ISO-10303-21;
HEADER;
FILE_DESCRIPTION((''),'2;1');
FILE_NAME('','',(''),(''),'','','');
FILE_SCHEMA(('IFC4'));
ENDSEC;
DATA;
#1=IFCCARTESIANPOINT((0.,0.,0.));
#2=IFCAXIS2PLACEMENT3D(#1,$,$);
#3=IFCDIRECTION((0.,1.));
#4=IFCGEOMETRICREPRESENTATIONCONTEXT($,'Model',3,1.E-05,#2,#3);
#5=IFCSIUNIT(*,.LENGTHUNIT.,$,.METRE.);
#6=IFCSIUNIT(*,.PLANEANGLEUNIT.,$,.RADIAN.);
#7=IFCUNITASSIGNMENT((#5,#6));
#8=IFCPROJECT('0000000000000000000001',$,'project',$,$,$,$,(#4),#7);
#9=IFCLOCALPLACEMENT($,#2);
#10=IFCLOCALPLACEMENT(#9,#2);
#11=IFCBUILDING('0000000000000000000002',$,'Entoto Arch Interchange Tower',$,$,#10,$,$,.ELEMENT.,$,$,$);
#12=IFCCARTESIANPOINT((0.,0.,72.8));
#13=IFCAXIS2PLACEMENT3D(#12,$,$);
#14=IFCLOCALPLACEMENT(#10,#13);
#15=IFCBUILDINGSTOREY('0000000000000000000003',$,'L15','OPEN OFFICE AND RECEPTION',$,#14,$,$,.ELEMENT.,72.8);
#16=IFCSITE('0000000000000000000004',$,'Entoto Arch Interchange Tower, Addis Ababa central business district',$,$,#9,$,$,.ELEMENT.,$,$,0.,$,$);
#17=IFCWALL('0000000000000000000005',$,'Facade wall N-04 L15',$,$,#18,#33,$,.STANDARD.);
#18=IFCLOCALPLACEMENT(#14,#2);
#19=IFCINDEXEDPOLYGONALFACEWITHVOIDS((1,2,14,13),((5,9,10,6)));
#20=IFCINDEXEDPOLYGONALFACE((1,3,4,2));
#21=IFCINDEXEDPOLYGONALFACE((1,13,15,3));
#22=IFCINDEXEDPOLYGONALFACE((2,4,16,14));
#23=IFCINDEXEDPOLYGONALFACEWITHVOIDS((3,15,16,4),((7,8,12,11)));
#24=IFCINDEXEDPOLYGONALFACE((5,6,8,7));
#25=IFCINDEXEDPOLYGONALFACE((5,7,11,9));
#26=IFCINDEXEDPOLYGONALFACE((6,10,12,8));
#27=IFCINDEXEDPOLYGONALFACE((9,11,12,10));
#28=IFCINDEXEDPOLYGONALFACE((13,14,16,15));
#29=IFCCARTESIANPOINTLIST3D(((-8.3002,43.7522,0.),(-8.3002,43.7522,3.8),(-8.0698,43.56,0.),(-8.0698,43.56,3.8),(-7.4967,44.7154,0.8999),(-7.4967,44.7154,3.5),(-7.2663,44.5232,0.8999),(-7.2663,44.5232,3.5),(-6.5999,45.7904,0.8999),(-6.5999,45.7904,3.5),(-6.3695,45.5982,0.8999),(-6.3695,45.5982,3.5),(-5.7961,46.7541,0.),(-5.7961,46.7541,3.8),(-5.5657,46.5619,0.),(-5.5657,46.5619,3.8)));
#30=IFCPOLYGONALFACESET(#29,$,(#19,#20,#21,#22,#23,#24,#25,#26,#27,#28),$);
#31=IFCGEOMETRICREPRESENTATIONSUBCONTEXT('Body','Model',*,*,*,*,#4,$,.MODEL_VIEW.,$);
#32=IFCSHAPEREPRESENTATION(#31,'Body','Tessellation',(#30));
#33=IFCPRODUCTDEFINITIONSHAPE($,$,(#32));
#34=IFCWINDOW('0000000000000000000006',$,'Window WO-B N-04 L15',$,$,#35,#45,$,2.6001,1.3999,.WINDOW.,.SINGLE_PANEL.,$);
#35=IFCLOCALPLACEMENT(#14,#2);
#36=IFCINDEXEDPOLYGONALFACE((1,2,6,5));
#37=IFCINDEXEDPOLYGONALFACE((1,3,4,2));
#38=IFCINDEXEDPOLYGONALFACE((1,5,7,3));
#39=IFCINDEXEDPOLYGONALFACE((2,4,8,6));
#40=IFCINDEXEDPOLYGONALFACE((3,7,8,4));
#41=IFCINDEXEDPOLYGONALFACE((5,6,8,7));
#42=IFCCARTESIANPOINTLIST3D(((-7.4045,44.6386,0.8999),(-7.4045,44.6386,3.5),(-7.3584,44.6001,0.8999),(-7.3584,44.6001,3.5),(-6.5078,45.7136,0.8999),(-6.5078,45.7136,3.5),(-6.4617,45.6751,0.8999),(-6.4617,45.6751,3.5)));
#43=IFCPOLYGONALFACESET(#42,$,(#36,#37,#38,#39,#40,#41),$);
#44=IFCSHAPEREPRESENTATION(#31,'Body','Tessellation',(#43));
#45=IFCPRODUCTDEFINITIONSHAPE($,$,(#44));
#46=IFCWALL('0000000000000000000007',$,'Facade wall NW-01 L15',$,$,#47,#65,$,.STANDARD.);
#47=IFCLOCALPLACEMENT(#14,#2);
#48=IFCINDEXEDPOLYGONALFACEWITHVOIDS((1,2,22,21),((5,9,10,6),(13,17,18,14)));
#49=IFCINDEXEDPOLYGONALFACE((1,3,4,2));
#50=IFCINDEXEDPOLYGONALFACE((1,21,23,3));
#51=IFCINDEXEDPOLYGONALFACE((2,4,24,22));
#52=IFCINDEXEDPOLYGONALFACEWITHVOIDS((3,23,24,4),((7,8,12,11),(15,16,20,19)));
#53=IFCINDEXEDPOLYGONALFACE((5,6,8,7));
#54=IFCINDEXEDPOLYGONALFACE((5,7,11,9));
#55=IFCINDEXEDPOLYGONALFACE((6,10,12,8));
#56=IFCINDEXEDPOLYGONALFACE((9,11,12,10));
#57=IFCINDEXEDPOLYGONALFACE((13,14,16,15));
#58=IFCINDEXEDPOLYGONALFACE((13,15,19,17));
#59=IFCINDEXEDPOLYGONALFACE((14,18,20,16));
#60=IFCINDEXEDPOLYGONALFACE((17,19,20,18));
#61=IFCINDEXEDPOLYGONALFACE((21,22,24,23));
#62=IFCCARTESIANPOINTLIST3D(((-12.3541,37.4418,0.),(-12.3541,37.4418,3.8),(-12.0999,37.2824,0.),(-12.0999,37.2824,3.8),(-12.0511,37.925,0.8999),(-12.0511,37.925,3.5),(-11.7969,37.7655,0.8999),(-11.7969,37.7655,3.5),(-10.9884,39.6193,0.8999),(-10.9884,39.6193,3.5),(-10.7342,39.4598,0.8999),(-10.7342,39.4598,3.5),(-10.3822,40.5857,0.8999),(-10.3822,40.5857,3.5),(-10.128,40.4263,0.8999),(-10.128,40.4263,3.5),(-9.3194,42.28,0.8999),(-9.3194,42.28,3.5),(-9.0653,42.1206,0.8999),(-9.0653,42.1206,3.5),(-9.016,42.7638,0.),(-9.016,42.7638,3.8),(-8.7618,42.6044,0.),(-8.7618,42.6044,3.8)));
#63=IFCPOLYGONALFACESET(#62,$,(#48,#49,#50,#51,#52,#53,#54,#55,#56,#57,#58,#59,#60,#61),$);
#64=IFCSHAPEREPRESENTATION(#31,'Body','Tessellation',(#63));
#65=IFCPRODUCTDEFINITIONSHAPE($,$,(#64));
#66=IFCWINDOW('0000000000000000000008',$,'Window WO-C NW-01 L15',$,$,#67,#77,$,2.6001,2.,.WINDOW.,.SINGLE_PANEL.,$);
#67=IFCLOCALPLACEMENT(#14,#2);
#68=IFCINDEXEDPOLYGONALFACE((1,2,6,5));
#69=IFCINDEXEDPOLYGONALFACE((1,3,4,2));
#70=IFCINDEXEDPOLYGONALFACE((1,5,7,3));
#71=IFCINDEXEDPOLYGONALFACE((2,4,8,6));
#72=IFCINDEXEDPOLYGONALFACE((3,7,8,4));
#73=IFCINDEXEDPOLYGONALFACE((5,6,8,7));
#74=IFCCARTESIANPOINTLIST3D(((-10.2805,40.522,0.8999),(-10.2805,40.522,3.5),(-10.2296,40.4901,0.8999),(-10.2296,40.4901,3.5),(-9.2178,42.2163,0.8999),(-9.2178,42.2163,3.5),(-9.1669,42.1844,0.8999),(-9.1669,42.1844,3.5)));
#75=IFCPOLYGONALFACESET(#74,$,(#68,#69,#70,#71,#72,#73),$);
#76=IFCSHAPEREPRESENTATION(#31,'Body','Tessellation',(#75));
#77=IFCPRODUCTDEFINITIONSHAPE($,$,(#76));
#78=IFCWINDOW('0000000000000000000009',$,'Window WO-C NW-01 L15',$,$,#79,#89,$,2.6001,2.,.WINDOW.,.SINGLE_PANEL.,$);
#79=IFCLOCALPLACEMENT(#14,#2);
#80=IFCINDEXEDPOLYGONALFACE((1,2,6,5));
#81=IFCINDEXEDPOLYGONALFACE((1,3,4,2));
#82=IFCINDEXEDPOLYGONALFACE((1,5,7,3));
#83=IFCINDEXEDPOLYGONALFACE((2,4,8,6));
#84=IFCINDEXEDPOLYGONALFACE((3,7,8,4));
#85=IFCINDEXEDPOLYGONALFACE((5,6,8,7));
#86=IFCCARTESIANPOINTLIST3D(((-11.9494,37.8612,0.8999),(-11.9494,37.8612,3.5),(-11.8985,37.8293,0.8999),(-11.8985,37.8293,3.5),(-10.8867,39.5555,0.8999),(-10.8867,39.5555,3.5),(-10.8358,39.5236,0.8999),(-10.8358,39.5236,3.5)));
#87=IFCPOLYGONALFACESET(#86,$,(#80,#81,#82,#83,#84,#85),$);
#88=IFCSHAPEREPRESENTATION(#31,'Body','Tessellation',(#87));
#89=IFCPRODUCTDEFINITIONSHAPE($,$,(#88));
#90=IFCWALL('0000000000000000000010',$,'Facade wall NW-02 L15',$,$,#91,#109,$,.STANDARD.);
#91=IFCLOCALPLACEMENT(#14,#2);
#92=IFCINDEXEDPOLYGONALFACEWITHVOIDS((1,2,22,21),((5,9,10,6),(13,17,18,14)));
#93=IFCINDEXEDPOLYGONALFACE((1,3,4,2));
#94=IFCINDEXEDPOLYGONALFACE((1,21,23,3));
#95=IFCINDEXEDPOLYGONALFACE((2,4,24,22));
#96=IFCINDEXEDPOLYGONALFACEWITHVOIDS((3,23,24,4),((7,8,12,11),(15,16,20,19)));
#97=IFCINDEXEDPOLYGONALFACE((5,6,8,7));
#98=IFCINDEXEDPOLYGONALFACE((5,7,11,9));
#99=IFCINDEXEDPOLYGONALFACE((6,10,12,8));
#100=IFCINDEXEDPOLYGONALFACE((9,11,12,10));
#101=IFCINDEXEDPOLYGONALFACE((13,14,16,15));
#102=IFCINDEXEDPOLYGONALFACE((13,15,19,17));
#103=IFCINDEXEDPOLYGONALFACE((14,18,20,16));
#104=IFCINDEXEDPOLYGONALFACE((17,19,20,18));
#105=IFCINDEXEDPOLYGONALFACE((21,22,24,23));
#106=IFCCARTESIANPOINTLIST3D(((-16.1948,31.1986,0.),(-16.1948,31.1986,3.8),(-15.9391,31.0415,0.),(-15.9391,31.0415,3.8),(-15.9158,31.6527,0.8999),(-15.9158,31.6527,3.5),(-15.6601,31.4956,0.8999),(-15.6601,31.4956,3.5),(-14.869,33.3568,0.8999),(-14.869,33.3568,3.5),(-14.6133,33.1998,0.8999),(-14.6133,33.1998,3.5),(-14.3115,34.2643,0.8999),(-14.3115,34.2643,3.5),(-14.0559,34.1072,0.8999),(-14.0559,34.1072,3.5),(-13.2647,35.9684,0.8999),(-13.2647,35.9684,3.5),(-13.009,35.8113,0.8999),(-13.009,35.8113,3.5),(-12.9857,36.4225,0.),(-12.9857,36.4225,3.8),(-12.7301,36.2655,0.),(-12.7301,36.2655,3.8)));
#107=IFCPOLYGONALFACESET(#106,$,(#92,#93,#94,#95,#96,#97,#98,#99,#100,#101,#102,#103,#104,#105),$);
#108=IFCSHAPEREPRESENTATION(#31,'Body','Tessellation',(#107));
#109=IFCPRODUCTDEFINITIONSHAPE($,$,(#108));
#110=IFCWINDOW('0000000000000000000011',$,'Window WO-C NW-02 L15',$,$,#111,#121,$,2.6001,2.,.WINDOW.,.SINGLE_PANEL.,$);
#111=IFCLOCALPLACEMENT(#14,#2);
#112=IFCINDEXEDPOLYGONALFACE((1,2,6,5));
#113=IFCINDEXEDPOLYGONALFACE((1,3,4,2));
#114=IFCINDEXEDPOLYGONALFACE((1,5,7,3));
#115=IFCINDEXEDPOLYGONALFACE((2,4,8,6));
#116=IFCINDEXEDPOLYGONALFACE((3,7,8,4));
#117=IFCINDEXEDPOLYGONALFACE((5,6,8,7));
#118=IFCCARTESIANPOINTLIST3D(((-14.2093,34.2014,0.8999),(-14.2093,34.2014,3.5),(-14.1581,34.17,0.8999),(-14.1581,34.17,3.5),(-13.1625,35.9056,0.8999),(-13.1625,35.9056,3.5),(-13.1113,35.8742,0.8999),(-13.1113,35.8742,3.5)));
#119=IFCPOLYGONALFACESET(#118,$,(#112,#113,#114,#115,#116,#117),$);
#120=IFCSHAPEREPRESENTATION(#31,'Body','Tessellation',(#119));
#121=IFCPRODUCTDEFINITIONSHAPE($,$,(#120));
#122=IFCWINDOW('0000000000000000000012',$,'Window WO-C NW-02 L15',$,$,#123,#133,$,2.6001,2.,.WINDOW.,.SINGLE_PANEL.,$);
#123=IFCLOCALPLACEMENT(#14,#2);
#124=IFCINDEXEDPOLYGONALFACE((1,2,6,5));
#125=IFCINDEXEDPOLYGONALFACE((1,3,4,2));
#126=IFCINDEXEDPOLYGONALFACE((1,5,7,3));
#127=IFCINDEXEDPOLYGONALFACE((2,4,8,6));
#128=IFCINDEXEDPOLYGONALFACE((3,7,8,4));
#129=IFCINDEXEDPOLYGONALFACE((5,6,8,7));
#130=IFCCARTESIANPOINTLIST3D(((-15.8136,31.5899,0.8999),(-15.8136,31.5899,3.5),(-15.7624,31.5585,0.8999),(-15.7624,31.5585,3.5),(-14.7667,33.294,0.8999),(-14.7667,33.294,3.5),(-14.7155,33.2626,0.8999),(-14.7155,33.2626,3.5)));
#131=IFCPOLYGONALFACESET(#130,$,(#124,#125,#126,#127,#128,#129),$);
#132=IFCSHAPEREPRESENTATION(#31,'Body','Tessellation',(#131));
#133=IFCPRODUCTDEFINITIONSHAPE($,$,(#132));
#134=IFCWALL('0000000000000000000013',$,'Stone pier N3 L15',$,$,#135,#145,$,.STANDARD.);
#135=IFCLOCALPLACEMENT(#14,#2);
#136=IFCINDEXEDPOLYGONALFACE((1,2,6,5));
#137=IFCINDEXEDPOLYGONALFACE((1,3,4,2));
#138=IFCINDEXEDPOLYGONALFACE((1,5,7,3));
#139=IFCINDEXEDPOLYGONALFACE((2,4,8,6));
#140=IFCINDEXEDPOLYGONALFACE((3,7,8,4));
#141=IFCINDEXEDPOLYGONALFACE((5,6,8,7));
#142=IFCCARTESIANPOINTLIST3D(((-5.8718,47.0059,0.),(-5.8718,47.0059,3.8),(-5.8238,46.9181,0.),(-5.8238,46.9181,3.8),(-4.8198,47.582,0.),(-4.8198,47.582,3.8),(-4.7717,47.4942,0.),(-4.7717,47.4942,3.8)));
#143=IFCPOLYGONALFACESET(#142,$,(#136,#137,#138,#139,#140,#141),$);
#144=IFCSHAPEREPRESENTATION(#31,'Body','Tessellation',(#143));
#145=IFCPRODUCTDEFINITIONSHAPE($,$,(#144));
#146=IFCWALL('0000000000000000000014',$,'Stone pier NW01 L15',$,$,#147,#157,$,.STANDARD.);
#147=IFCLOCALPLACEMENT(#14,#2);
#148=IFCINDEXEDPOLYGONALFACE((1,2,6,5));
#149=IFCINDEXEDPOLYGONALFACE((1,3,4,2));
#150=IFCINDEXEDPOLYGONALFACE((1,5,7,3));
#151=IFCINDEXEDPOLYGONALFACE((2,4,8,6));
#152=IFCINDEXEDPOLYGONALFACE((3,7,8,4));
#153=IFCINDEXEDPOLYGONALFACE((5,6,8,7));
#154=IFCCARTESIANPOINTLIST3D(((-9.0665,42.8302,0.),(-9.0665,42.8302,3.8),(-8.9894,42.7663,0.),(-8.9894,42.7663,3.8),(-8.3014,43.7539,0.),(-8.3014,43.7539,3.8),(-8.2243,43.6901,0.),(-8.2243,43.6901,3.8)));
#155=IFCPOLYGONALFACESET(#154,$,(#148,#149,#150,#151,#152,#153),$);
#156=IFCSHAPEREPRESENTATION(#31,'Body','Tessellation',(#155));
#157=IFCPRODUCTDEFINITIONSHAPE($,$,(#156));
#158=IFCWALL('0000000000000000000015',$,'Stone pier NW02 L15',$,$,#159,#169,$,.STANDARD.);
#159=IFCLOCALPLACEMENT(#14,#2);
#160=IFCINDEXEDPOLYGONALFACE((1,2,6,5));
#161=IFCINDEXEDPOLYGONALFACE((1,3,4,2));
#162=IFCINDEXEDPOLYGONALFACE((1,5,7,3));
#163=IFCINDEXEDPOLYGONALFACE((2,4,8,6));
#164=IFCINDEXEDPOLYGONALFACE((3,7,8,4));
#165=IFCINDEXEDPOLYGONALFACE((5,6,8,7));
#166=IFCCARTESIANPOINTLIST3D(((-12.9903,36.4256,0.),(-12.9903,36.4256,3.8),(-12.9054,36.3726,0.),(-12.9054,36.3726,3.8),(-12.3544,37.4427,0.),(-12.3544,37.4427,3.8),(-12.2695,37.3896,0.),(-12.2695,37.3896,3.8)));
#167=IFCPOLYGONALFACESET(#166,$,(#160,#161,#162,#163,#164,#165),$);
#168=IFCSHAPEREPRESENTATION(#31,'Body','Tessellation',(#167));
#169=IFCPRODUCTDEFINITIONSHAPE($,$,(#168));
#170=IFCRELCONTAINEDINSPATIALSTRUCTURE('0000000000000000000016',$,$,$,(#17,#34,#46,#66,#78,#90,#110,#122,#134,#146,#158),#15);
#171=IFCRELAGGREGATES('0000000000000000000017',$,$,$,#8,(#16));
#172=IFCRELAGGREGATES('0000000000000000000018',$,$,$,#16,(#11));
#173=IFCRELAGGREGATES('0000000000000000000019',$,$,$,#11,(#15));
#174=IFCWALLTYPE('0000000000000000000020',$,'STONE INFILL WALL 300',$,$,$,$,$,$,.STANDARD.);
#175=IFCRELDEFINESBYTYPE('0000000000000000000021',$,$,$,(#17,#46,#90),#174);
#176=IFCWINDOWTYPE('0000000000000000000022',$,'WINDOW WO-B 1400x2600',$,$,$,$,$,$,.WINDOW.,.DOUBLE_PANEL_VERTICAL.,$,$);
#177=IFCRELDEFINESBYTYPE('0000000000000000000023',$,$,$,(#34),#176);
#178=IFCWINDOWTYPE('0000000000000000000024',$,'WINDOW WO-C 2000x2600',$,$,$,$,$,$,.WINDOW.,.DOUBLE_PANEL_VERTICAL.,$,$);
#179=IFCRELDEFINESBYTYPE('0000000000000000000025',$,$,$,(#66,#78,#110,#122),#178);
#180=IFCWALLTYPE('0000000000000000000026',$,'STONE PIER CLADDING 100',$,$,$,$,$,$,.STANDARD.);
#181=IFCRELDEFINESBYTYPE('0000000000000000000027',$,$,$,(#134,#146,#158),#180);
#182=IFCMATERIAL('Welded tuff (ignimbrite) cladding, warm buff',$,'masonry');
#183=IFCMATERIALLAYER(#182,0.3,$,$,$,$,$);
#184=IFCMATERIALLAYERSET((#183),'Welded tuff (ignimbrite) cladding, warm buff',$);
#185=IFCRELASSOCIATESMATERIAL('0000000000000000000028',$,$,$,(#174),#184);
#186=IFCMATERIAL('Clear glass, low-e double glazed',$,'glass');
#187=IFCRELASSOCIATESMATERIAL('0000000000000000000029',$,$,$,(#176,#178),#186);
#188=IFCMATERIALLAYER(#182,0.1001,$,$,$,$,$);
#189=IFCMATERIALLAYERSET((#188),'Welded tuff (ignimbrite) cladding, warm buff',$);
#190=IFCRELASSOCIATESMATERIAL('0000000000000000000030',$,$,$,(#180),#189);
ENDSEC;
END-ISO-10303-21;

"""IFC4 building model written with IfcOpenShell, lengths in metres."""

from ifc_helpers import new_model, si_unit, direction, frame, frame_2d, origin, place, context, subcontext, project, spatial, rectangle, extrude, material, layer, layer_set, type_object, element, fill, save


model = new_model("IFC4")

# Units and contexts
model_context = context("Model", 3, precision=1e-05, world=origin(), true_north=direction((0.0, 1.0)))
body_context = subcontext(model_context, "Body", "Model", "MODEL_VIEW")
ifc_project = project(units=[si_unit("LENGTHUNIT", "METRE"), si_unit("PLANEANGLEUNIT", "RADIAN")], contexts=[model_context])

# Site, building, storey
site_placement = place(None, origin())
site = spatial("IfcSite", under=ifc_project, at=site_placement, Name="Entoto Arch Interchange Tower, Addis Ababa central business district", CompositionType="ELEMENT", RefElevation=0.0)
building_placement = place(site_placement, origin())
building = spatial("IfcBuilding", under=site, at=building_placement, Name="Entoto Arch Interchange Tower", CompositionType="ELEMENT")
storey_placement = place(building_placement, frame((0.0, 0.0, 72.8)))
storey = spatial("IfcBuildingStorey", under=building, at=storey_placement, Name="L15", Description="OPEN OFFICE AND RECEPTION", CompositionType="ELEMENT", Elevation=72.8)

# Wall, opening, window
ifc_material_1 = material(Name="Welded tuff (ignimbrite) cladding, warm buff", Category="masonry")
ifc_layer_1 = layer(ifc_material_1, 0.3)
ifc_layer_set_1 = layer_set([ifc_layer_1], Name="Welded tuff (ignimbrite) cladding, warm buff")
wall_type_1 = type_object("IfcWallType", Name="STONE INFILL WALL 300", PredefinedType="STANDARD", material=ifc_layer_set_1)
ifc_material_2 = material(Name="Clear glass, low-e double glazed", Category="glass")
window_type_1 = type_object("IfcWindowType", Name="WINDOW WO-B 1400x2600", PartitioningType="DOUBLE_PANEL_VERTICAL", PredefinedType="WINDOW", material=ifc_material_2)
wall_1_placement = place(storey_placement, frame((-5.6809, 46.658, 0.0), z_axis=(0.0, 0.0, 1.0), x_axis=(-0.640565, -0.767904, 0.0)))
wall_1 = element("IfcWall", 1, at=wall_1_placement, inside=storey, type_object=wall_type_1, Name="Facade wall N-04 L15", PredefinedType="STANDARD", context=body_context, shape_type="SweptSolid", body=[
    extrude(rectangle(XDim=3.9092, YDim=0.3, at=frame_2d((1.9546, 0.0))), origin(), (0.0, 0.0, 1.0), 3.8),
])
opening_1_placement = place(wall_1_placement, frame((1.2549, 0.0, 0.8999)))
opening_1 = element("IfcOpeningElement", 2, at=opening_1_placement, cuts=wall_1, PredefinedType="OPENING", context=body_context, shape_type="SweptSolid", body=[
    extrude(rectangle(XDim=1.3999, YDim=2.6001, at=frame_2d((0.7, 1.3))), frame((0.0, 0.1602, 0.0), z_axis=(0.0, -1.0, 0.0), x_axis=(1.0, 0.0, 0.0)), (0.0, 0.0, 1.0), 0.3201),
])
window_1_placement = place(opening_1_placement, origin())
window_1 = element("IfcWindow", 3, at=window_1_placement, inside=storey, type_object=window_type_1, Name="Window WO-B N-04 L15", OverallHeight=2.6001, OverallWidth=1.3999, PartitioningType="SINGLE_PANEL", PredefinedType="WINDOW", context=body_context, shape_type="SweptSolid", body=[
    extrude(rectangle(XDim=1.3999, YDim=2.6001, at=frame_2d((0.7, 1.3))), frame((0.0, 0.03, 0.0), z_axis=(0.0, -1.0, 0.0), x_axis=(1.0, 0.0, 0.0)), (0.0, 0.0, 1.0), 0.0601),
])
fill(opening_1, window_1)

# Walls, openings, windows
wall_2_placement = place(storey_placement, frame((-8.8889, 42.6841, 0.0), z_axis=(0.0, 0.0, 1.0), x_axis=(-0.531357, -0.847148, 0.0)))
wall_2 = element("IfcWall", 4, at=wall_2_placement, inside=storey, type_object=wall_type_1, Name="Facade wall NW-01 L15", PredefinedType="STANDARD", context=body_context, shape_type="SweptSolid", body=[
    extrude(rectangle(XDim=6.2822, YDim=0.3, at=frame_2d((3.1411, 0.0))), origin(), (0.0, 0.0, 1.0), 3.8),
])
opening_2_placement = place(wall_2_placement, frame((0.571, 0.0, 0.8999)))
opening_2 = element("IfcOpeningElement", 5, at=opening_2_placement, cuts=wall_2, PredefinedType="OPENING", context=body_context, shape_type="SweptSolid", body=[
    extrude(rectangle(XDim=2.0, YDim=2.6001, at=frame_2d((1.0, 1.3))), frame((0.0, 0.1602, 0.0), z_axis=(0.0, -1.0, 0.0), x_axis=(1.0, 0.0, 0.0)), (0.0, 0.0, 1.0), 0.3201),
])
opening_3_placement = place(wall_2_placement, frame((3.7119, 0.0, 0.8999)))
opening_3 = element("IfcOpeningElement", 6, at=opening_3_placement, cuts=wall_2, PredefinedType="OPENING", context=body_context, shape_type="SweptSolid", body=[
    extrude(rectangle(XDim=2.0, YDim=2.6001, at=frame_2d((1.0, 1.3))), frame((0.0, 0.1602, 0.0), z_axis=(0.0, -1.0, 0.0), x_axis=(1.0, 0.0, 0.0)), (0.0, 0.0, 1.0), 0.3201),
])
window_type_2 = type_object("IfcWindowType", Name="WINDOW WO-C 2000x2600", PartitioningType="DOUBLE_PANEL_VERTICAL", PredefinedType="WINDOW", material=ifc_material_2)
window_2_placement = place(opening_2_placement, origin())
window_2 = element("IfcWindow", 7, at=window_2_placement, inside=storey, type_object=window_type_2, Name="Window WO-C NW-01 L15", OverallHeight=2.6001, OverallWidth=2.0, PartitioningType="SINGLE_PANEL", PredefinedType="WINDOW", context=body_context, shape_type="SweptSolid", body=[
    extrude(rectangle(XDim=2.0, YDim=2.6001, at=frame_2d((1.0, 1.3))), frame((0.0, 0.03, 0.0), z_axis=(0.0, -1.0, 0.0), x_axis=(1.0, 0.0, 0.0)), (0.0, 0.0, 1.0), 0.0601),
])
fill(opening_2, window_2)
window_3_placement = place(opening_3_placement, origin())
window_3 = element("IfcWindow", 8, at=window_3_placement, inside=storey, type_object=window_type_2, Name="Window WO-C NW-01 L15", OverallHeight=2.6001, OverallWidth=2.0, PartitioningType="SINGLE_PANEL", PredefinedType="WINDOW", context=body_context, shape_type="SweptSolid", body=[
    extrude(rectangle(XDim=2.0, YDim=2.6001, at=frame_2d((1.0, 1.3))), frame((0.0, 0.03, 0.0), z_axis=(0.0, -1.0, 0.0), x_axis=(1.0, 0.0, 0.0)), (0.0, 0.0, 1.0), 0.0601),
])
fill(opening_3, window_3)
wall_3_placement = place(storey_placement, frame((-12.8579, 36.344, 0.0), z_axis=(0.0, 0.0, 1.0), x_axis=(-0.523422, -0.852074, 0.0)))
wall_3 = element("IfcWall", 9, at=wall_3_placement, inside=storey, type_object=wall_type_1, Name="Facade wall NW-02 L15", PredefinedType="STANDARD", context=body_context, shape_type="SweptSolid", body=[
    extrude(rectangle(XDim=6.1309, YDim=0.3, at=frame_2d((3.0654, 0.0))), origin(), (0.0, 0.0, 1.0), 3.8),
])
opening_4_placement = place(wall_3_placement, frame((0.533, 0.0, 0.8999)))
opening_4 = element("IfcOpeningElement", 10, at=opening_4_placement, cuts=wall_3, PredefinedType="OPENING", context=body_context, shape_type="SweptSolid", body=[
    extrude(rectangle(XDim=2.0, YDim=2.6001, at=frame_2d((1.0, 1.3))), frame((0.0, 0.1602, 0.0), z_axis=(0.0, -1.0, 0.0), x_axis=(1.0, 0.0, 0.0)), (0.0, 0.0, 1.0), 0.3201),
])
opening_5_placement = place(wall_3_placement, frame((3.5979, 0.0, 0.8999)))
opening_5 = element("IfcOpeningElement", 11, at=opening_5_placement, cuts=wall_3, PredefinedType="OPENING", context=body_context, shape_type="SweptSolid", body=[
    extrude(rectangle(XDim=2.0, YDim=2.6001, at=frame_2d((1.0, 1.3))), frame((0.0, 0.1602, 0.0), z_axis=(0.0, -1.0, 0.0), x_axis=(1.0, 0.0, 0.0)), (0.0, 0.0, 1.0), 0.3201),
])
window_4_placement = place(opening_4_placement, origin())
window_4 = element("IfcWindow", 12, at=window_4_placement, inside=storey, type_object=window_type_2, Name="Window WO-C NW-02 L15", OverallHeight=2.6001, OverallWidth=2.0, PartitioningType="SINGLE_PANEL", PredefinedType="WINDOW", context=body_context, shape_type="SweptSolid", body=[
    extrude(rectangle(XDim=2.0, YDim=2.6001, at=frame_2d((1.0, 1.3))), frame((0.0, 0.03, 0.0), z_axis=(0.0, -1.0, 0.0), x_axis=(1.0, 0.0, 0.0)), (0.0, 0.0, 1.0), 0.0601),
])
fill(opening_4, window_4)
window_5_placement = place(opening_5_placement, origin())
window_5 = element("IfcWindow", 13, at=window_5_placement, inside=storey, type_object=window_type_2, Name="Window WO-C NW-02 L15", OverallHeight=2.6001, OverallWidth=2.0, PartitioningType="SINGLE_PANEL", PredefinedType="WINDOW", context=body_context, shape_type="SweptSolid", body=[
    extrude(rectangle(XDim=2.0, YDim=2.6001, at=frame_2d((1.0, 1.3))), frame((0.0, 0.03, 0.0), z_axis=(0.0, -1.0, 0.0), x_axis=(1.0, 0.0, 0.0)), (0.0, 0.0, 1.0), 0.0601),
])
fill(opening_5, window_5)

# Walls
ifc_layer_2 = layer(ifc_material_1, 0.1001)
ifc_layer_set_2 = layer_set([ifc_layer_2], Name="Welded tuff (ignimbrite) cladding, warm buff")
wall_type_2 = type_object("IfcWallType", Name="STONE PIER CLADDING 100", PredefinedType="STANDARD", material=ifc_layer_set_2)
for number, where, z_axis, x_axis, name in (
    (14, (-4.7959, 47.5381, 0.0), (0.0, 0.0, 1.0), (-0.87707, -0.480363, 0.0), "Stone pier N3 L15"),
    (15, (-8.2629, 43.7219, 0.0), (0.0, 0.0, 1.0), (-0.637859, -0.770153, 0.0), "Stone pier NW01 L15"),
    (16, (-12.312, 37.416, 0.0), (0.0, 0.0, 1.0), (-0.530182, -0.847884, 0.0), "Stone pier NW02 L15"),
):
    element("IfcWall", number, at=place(storey_placement, frame(where, z_axis=z_axis, x_axis=x_axis)), inside=storey, type_object=wall_type_2, Name=name, PredefinedType="STANDARD", context=body_context, shape_type="SweptSolid", body=[
        extrude(rectangle(XDim=1.1995, YDim=0.1001, at=frame_2d((0.5996, 0.0))), origin(), (0.0, 0.0, 1.0), 3.8),
    ])

save(model, "model.ifc")
